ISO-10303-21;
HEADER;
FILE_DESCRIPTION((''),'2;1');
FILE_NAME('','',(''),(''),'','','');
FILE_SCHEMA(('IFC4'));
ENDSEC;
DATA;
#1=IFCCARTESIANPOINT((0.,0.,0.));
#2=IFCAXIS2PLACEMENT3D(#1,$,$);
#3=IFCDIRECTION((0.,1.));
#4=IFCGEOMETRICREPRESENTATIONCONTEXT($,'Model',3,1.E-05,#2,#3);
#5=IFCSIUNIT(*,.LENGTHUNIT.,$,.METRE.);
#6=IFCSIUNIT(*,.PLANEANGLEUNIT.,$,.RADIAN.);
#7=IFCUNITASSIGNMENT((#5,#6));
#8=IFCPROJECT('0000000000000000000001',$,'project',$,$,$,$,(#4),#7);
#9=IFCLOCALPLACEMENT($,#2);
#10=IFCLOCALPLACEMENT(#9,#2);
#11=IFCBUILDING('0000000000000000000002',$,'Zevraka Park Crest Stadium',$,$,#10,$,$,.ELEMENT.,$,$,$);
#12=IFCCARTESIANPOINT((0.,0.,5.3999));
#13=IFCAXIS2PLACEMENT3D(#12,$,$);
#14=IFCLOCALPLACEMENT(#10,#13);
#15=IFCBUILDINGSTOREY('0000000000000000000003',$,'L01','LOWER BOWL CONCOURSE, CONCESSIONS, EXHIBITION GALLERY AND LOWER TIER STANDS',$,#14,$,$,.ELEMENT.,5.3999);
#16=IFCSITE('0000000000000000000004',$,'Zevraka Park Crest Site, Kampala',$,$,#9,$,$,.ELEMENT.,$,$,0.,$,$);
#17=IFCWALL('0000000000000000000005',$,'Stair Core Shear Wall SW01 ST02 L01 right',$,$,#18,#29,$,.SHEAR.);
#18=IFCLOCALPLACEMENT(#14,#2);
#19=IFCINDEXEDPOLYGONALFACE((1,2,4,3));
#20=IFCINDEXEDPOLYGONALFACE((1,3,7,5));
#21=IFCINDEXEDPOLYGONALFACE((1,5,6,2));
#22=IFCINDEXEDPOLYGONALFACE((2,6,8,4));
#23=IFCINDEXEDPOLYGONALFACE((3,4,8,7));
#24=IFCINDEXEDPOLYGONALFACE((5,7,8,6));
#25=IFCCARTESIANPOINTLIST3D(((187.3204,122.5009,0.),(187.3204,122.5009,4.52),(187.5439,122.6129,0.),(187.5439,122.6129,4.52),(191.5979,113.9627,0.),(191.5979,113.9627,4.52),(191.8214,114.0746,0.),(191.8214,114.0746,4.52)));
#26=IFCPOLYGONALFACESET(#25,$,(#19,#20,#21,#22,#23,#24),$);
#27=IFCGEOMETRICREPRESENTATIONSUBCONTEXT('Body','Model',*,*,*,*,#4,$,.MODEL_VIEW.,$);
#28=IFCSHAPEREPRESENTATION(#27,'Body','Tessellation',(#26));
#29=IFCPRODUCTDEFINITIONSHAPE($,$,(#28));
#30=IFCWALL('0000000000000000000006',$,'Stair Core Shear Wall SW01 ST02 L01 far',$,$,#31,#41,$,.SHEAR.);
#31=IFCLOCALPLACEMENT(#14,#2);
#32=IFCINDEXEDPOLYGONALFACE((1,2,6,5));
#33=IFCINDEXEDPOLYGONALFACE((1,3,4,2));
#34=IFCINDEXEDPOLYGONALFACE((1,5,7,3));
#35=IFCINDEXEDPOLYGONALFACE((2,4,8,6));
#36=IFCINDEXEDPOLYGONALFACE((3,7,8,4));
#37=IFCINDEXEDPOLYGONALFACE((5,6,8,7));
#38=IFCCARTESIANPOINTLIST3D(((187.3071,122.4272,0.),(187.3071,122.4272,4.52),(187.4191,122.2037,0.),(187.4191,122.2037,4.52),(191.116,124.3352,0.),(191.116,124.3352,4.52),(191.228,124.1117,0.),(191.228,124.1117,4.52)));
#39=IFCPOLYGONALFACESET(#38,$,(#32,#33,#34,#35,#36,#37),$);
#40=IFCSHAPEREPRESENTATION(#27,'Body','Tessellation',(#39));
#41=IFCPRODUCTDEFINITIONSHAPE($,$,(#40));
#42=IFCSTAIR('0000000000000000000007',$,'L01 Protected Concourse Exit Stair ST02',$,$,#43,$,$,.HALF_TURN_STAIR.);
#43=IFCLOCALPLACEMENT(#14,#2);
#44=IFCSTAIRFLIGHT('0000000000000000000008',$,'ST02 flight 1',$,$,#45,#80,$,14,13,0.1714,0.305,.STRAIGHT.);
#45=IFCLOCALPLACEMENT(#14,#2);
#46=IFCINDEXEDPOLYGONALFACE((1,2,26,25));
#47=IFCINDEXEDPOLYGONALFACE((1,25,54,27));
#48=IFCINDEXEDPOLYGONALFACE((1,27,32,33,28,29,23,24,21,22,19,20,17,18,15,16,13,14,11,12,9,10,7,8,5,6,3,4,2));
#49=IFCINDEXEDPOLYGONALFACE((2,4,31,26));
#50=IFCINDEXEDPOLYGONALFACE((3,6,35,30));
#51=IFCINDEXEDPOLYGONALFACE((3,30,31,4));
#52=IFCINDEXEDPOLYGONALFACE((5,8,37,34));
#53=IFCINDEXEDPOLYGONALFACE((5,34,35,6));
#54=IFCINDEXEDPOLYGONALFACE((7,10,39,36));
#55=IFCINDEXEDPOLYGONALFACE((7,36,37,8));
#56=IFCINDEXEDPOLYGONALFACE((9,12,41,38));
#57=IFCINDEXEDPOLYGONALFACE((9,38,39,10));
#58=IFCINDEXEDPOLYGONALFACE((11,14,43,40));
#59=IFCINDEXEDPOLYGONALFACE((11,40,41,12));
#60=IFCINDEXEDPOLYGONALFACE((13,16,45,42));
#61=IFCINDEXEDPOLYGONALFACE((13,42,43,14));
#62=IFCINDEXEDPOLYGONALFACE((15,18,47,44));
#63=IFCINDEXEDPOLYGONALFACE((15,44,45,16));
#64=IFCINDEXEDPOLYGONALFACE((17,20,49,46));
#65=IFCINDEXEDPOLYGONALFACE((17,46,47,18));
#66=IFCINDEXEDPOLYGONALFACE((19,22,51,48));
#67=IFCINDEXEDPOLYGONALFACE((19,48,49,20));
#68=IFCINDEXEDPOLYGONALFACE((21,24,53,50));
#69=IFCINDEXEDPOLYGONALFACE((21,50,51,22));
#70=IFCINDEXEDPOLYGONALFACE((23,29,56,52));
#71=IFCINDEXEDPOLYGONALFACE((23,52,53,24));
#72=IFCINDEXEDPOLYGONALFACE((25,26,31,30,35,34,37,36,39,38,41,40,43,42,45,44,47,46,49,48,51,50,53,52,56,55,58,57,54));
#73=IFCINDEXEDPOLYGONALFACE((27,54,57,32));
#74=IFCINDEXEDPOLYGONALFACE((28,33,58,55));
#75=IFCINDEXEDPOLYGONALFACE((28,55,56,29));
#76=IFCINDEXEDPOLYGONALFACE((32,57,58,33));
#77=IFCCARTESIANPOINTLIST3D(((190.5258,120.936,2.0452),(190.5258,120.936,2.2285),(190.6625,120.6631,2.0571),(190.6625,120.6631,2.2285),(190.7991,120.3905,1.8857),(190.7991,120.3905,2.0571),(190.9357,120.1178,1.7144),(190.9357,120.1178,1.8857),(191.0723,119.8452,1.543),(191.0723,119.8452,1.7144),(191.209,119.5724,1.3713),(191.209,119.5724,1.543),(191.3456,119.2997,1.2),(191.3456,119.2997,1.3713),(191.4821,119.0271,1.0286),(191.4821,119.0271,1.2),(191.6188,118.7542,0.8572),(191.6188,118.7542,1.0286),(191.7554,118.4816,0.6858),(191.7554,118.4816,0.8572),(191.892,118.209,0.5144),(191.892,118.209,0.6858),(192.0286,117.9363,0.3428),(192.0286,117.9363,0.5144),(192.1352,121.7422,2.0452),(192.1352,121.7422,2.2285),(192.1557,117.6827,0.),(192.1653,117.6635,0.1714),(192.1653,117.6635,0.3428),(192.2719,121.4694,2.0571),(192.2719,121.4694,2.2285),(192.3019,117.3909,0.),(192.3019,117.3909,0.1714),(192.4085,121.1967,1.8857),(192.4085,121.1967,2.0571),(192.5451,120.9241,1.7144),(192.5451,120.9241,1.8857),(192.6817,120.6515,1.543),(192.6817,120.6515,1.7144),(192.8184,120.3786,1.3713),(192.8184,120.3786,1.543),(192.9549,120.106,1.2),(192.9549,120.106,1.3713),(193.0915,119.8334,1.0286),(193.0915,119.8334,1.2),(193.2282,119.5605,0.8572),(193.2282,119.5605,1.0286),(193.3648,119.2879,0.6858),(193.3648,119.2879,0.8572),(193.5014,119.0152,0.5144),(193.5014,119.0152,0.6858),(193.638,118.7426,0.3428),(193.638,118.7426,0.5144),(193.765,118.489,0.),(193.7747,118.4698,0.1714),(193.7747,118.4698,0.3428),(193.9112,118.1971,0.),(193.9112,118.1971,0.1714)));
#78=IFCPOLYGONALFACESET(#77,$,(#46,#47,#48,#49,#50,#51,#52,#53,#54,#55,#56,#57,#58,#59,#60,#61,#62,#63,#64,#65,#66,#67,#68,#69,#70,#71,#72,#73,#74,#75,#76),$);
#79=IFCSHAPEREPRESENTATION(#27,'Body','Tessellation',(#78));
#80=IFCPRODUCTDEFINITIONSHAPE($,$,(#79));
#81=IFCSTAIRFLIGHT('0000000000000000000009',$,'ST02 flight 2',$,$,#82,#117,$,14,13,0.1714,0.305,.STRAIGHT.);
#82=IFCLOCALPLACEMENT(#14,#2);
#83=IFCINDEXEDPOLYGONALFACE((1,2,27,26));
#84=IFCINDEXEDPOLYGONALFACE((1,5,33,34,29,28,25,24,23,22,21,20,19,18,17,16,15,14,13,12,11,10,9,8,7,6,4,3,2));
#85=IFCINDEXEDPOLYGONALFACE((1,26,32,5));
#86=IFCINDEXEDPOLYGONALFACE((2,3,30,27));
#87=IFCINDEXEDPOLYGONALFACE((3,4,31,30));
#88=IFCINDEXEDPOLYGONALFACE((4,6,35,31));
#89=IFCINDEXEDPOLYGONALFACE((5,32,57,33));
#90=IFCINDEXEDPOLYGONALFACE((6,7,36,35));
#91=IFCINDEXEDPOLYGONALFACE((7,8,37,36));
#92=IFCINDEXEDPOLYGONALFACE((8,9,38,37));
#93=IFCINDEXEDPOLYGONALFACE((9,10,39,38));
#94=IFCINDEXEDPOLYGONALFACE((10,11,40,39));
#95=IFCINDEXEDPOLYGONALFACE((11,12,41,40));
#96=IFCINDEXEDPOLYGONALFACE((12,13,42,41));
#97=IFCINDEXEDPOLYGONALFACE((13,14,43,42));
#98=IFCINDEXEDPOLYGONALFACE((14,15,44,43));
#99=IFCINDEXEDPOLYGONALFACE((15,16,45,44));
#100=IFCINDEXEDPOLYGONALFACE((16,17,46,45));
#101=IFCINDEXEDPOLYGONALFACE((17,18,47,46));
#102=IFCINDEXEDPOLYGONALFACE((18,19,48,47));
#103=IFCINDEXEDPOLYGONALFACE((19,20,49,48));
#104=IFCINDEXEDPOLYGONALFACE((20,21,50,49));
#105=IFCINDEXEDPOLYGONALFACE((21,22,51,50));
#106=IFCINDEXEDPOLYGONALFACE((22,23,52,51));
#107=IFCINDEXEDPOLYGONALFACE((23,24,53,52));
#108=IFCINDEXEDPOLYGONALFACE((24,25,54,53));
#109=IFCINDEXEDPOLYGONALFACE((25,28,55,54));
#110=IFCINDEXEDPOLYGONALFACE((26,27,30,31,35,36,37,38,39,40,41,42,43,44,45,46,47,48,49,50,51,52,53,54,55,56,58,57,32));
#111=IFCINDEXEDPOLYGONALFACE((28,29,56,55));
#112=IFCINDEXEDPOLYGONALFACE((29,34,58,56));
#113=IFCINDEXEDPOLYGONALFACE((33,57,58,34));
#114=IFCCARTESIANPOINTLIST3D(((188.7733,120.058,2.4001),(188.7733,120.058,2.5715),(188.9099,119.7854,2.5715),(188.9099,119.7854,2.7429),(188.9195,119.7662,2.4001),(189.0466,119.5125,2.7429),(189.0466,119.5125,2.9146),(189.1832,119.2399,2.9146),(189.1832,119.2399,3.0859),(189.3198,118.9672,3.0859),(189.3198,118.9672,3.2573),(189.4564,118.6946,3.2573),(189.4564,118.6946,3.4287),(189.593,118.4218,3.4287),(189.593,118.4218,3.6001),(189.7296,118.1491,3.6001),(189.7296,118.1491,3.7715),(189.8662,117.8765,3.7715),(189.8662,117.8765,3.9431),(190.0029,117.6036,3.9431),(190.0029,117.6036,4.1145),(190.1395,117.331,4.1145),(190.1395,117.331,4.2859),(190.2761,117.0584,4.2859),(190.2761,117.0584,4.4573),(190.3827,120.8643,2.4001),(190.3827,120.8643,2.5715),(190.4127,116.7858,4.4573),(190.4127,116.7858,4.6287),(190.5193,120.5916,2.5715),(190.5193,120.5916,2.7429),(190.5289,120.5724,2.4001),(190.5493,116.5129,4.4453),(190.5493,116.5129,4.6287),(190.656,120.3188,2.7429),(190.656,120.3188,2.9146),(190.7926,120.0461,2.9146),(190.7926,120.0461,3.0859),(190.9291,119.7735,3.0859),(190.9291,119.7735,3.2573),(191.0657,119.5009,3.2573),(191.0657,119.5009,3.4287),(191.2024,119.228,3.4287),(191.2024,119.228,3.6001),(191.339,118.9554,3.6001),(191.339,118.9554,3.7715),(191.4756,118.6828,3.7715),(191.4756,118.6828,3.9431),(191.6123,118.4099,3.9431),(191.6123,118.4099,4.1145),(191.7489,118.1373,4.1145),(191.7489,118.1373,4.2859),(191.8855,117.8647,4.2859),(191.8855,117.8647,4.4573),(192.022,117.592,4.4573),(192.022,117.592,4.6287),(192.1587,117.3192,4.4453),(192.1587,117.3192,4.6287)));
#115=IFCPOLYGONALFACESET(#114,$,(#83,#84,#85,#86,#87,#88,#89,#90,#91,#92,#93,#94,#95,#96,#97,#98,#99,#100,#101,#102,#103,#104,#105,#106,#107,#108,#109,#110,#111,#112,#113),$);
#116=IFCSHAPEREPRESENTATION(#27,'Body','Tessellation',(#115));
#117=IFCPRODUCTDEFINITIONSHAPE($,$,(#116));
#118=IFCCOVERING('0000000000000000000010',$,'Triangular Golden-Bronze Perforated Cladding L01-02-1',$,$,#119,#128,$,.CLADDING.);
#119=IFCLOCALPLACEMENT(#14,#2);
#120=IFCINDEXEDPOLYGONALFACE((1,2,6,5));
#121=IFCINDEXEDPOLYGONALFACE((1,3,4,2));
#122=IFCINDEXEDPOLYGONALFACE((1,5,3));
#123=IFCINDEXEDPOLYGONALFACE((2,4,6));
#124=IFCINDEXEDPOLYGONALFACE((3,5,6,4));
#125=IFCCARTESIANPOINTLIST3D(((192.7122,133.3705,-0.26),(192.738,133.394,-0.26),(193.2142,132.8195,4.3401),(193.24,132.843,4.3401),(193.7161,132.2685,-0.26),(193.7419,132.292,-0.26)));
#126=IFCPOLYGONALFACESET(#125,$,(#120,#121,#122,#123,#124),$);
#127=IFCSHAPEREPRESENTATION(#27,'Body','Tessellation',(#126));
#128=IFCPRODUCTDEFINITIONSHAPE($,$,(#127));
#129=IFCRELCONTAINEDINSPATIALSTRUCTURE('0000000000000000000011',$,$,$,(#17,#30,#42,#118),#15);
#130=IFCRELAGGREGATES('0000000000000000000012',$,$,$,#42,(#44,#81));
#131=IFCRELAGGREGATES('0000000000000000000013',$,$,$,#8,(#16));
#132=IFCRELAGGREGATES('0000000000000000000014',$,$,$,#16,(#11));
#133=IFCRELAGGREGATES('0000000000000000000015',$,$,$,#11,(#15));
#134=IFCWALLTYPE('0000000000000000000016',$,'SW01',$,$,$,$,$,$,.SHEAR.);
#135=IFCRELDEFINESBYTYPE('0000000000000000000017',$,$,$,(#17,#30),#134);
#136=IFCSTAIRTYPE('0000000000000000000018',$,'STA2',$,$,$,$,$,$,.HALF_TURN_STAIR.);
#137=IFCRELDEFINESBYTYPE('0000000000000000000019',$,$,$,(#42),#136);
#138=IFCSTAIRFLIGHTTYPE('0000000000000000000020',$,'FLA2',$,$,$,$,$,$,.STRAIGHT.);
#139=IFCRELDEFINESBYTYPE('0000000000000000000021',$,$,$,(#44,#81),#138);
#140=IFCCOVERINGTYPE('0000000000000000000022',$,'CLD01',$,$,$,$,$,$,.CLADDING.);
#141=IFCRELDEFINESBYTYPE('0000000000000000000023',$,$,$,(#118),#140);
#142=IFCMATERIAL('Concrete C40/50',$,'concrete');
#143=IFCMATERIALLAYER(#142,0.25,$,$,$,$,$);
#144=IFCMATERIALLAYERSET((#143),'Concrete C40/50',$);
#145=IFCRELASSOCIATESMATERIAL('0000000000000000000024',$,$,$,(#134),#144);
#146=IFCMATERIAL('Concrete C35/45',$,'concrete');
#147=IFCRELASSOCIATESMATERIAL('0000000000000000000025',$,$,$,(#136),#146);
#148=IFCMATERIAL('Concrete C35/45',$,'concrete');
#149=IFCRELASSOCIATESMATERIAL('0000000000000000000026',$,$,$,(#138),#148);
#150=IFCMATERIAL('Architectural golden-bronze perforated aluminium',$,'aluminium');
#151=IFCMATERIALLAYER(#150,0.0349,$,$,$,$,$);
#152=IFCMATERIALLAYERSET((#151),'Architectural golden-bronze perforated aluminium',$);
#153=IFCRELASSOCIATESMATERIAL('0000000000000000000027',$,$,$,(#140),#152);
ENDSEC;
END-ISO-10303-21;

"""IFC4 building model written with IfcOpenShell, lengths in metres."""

from ifc_helpers import new_model, si_unit, direction, frame, frame_2d, origin, place, context, subcontext, project, spatial, polyline, rectangle, outline, extrude, material, layer, layer_set, type_object, element, aggregate, save


model = new_model("IFC4")

# Units and contexts
model_context = context("Model", 3, precision=1e-05, world=origin(), true_north=direction((0.0, 1.0)))
body_context = subcontext(model_context, "Body", "Model", "MODEL_VIEW")
ifc_project = project(units=[si_unit("LENGTHUNIT", "METRE"), si_unit("PLANEANGLEUNIT", "RADIAN")], contexts=[model_context])

# Site, building, storey
site_placement = place(None, origin())
site = spatial("IfcSite", under=ifc_project, at=site_placement, Name="Zevraka Park Crest Site, Kampala", CompositionType="ELEMENT", RefElevation=0.0)
building_placement = place(site_placement, origin())
building = spatial("IfcBuilding", under=site, at=building_placement, Name="Zevraka Park Crest Stadium", CompositionType="ELEMENT")
storey_placement = place(building_placement, frame((0.0, 0.0, 5.3999)))
storey = spatial("IfcBuildingStorey", under=building, at=storey_placement, Name="L01", Description="LOWER BOWL CONCOURSE, CONCESSIONS, EXHIBITION GALLERY AND LOWER TIER STANDS", CompositionType="ELEMENT", Elevation=5.3999)

# Walls
ifc_material_1 = material(Name="Concrete C40/50", Category="concrete")
ifc_layer_1 = layer(ifc_material_1, 0.25)
ifc_layer_set_1 = layer_set([ifc_layer_1], Name="Concrete C40/50")
wall_type = type_object("IfcWallType", Name="SW01", PredefinedType="SHEAR", material=ifc_layer_set_1)
wall_1_placement = place(storey_placement, frame((187.4321, 122.5569, 0.0), z_axis=(0.0, 0.0, 1.0), x_axis=(0.447919, -0.894074, 0.0)))
element("IfcWall", 1, at=wall_1_placement, inside=storey, type_object=wall_type, Name="Stair Core Shear Wall SW01 ST02 L01 right", PredefinedType="SHEAR", context=body_context, shape_type="SweptSolid", body=[
    extrude(rectangle(XDim=9.5498, YDim=0.25, at=frame_2d((4.7749, 0.0))), origin(), (0.0, 0.0, 1.0), 4.52),
])
wall_2_placement = place(storey_placement, frame((191.1719, 124.2234, 0.0), z_axis=(0.0, 0.0, 1.0), x_axis=(-0.894095, -0.447878, 0.0)))
element("IfcWall", 2, at=wall_2_placement, inside=storey, type_object=wall_type, Name="Stair Core Shear Wall SW01 ST02 L01 far", PredefinedType="SHEAR", context=body_context, shape_type="SweptSolid", body=[
    extrude(rectangle(XDim=4.26, YDim=0.25, at=frame_2d((2.1299, 0.0))), origin(), (0.0, 0.0, 1.0), 4.52),
])

# Stair, stair flights
ifc_material_2 = material(Name="Concrete C35/45", Category="concrete")
stair_type = type_object("IfcStairType", Name="STA2", PredefinedType="HALF_TURN_STAIR", material=ifc_material_2)
stair_placement = place(storey_placement, origin())
stair = element("IfcStair", 3, at=stair_placement, inside=storey, type_object=stair_type, Name="L01 Protected Concourse Exit Stair ST02", PredefinedType="HALF_TURN_STAIR")
ifc_material_3 = material(Name="Concrete C35/45", Category="concrete")
stair_flight_type = type_object("IfcStairFlightType", Name="FLA2", PredefinedType="STRAIGHT", material=ifc_material_3)
stair_flight_1_placement = place(storey_placement, frame((193.1064, 117.7939, 0.0), z_axis=(0.0, 0.0, 1.0), x_axis=(-0.447915, 0.894076, 0.0)))
stair_flight_1 = element("IfcStairFlight", 4, at=stair_flight_1_placement, type_object=stair_flight_type, Name="ST02 flight 1", NumberOfRisers=14, NumberOfTreads=13, PredefinedType="STRAIGHT", RiserHeight=0.1714, TreadLength=0.305, context=body_context, shape_type="SweptSolid", body=[
    extrude(outline(polyline([(0.0, 0.0), (0.0, 0.1714), (0.3049, 0.1714), (0.3049, 0.3428), (0.6101, 0.3428), (0.6101, 0.5144), (0.915, 0.5144), (0.915, 0.6858), (1.22, 0.6858), (1.22, 0.8572), (1.5249, 0.8572), (1.5249, 1.0286), (1.8301, 1.0286), (1.8301, 1.2), (2.135, 1.2), (2.135, 1.3713), (2.4399, 1.3713), (2.4399, 1.543), (2.7451, 1.543), (2.7451, 1.7144), (3.05, 1.7144), (3.05, 1.8857), (3.355, 1.8857), (3.355, 2.0571), (3.6599, 2.0571), (3.6599, 2.2285), (3.9651, 2.2285), (3.9651, 2.3999), (3.9651, 2.0452), (0.3264, 0.0), (0.0, 0.0)])), frame((0.0, 0.8999, 0.0), z_axis=(0.0, -1.0, 0.0), x_axis=(1.0, 0.0, 0.0)), (0.0, 0.0, 1.0), 1.8),
])
stair_flight_2_placement = place(storey_placement, frame((189.5781, 120.4612, 2.4001), z_axis=(0.0, 0.0, 1.0), x_axis=(0.447915, -0.894076, 0.0)))
stair_flight_2 = element("IfcStairFlight", 5, at=stair_flight_2_placement, type_object=stair_flight_type, Name="ST02 flight 2", NumberOfRisers=14, NumberOfTreads=13, PredefinedType="STRAIGHT", RiserHeight=0.1714, TreadLength=0.305, context=body_context, shape_type="SweptSolid", body=[
    extrude(outline(polyline([(0.0, 0.0), (0.0, 0.1714), (0.3049, 0.1714), (0.3049, 0.3428), (0.6101, 0.3428), (0.6101, 0.5144), (0.915, 0.5144), (0.915, 0.6858), (1.22, 0.6858), (1.22, 0.8572), (1.5249, 0.8572), (1.5249, 1.0286), (1.8301, 1.0286), (1.8301, 1.2), (2.135, 1.2), (2.135, 1.3713), (2.4399, 1.3713), (2.4399, 1.543), (2.7451, 1.543), (2.7451, 1.7144), (3.05, 1.7144), (3.05, 1.8857), (3.355, 1.8857), (3.355, 2.0571), (3.6599, 2.0571), (3.6599, 2.2285), (3.9651, 2.2285), (3.9651, 2.3999), (3.9651, 2.0452), (0.3264, 0.0), (0.0, 0.0)])), frame((0.0, 0.8999, 0.0), z_axis=(0.0, -1.0, 0.0), x_axis=(1.0, 0.0, 0.0)), (0.0, 0.0, 1.0), 1.8),
])
aggregate(stair, [stair_flight_1, stair_flight_2])

# Covering
ifc_material_4 = material(Name="Architectural golden-bronze perforated aluminium", Category="aluminium")
ifc_layer_2 = layer(ifc_material_4, 0.0349)
ifc_layer_set_2 = layer_set([ifc_layer_2], Name="Architectural golden-bronze perforated aluminium")
covering_type = type_object("IfcCoveringType", Name="CLD01", PredefinedType="CLADDING", material=ifc_layer_set_2)
covering_placement = place(storey_placement, frame((193.7419, 132.292, -0.26), z_axis=(0.739258, 0.673422, 0.0), x_axis=(-0.673422, 0.739258, 0.0)))
element("IfcCovering", 6, at=covering_placement, inside=storey, type_object=covering_type, Name="Triangular Golden-Bronze Perforated Cladding L01-02-1", PredefinedType="CLADDING", context=body_context, shape_type="SweptSolid", body=[
    extrude(outline(polyline([(0.0, 0.0), (1.4908, 0.0), (0.7454, 4.6001), (0.0, 0.0)])), origin(), (0.0, 0.0, -1.0), 0.0349),
])

save(model, "model.ifc")
